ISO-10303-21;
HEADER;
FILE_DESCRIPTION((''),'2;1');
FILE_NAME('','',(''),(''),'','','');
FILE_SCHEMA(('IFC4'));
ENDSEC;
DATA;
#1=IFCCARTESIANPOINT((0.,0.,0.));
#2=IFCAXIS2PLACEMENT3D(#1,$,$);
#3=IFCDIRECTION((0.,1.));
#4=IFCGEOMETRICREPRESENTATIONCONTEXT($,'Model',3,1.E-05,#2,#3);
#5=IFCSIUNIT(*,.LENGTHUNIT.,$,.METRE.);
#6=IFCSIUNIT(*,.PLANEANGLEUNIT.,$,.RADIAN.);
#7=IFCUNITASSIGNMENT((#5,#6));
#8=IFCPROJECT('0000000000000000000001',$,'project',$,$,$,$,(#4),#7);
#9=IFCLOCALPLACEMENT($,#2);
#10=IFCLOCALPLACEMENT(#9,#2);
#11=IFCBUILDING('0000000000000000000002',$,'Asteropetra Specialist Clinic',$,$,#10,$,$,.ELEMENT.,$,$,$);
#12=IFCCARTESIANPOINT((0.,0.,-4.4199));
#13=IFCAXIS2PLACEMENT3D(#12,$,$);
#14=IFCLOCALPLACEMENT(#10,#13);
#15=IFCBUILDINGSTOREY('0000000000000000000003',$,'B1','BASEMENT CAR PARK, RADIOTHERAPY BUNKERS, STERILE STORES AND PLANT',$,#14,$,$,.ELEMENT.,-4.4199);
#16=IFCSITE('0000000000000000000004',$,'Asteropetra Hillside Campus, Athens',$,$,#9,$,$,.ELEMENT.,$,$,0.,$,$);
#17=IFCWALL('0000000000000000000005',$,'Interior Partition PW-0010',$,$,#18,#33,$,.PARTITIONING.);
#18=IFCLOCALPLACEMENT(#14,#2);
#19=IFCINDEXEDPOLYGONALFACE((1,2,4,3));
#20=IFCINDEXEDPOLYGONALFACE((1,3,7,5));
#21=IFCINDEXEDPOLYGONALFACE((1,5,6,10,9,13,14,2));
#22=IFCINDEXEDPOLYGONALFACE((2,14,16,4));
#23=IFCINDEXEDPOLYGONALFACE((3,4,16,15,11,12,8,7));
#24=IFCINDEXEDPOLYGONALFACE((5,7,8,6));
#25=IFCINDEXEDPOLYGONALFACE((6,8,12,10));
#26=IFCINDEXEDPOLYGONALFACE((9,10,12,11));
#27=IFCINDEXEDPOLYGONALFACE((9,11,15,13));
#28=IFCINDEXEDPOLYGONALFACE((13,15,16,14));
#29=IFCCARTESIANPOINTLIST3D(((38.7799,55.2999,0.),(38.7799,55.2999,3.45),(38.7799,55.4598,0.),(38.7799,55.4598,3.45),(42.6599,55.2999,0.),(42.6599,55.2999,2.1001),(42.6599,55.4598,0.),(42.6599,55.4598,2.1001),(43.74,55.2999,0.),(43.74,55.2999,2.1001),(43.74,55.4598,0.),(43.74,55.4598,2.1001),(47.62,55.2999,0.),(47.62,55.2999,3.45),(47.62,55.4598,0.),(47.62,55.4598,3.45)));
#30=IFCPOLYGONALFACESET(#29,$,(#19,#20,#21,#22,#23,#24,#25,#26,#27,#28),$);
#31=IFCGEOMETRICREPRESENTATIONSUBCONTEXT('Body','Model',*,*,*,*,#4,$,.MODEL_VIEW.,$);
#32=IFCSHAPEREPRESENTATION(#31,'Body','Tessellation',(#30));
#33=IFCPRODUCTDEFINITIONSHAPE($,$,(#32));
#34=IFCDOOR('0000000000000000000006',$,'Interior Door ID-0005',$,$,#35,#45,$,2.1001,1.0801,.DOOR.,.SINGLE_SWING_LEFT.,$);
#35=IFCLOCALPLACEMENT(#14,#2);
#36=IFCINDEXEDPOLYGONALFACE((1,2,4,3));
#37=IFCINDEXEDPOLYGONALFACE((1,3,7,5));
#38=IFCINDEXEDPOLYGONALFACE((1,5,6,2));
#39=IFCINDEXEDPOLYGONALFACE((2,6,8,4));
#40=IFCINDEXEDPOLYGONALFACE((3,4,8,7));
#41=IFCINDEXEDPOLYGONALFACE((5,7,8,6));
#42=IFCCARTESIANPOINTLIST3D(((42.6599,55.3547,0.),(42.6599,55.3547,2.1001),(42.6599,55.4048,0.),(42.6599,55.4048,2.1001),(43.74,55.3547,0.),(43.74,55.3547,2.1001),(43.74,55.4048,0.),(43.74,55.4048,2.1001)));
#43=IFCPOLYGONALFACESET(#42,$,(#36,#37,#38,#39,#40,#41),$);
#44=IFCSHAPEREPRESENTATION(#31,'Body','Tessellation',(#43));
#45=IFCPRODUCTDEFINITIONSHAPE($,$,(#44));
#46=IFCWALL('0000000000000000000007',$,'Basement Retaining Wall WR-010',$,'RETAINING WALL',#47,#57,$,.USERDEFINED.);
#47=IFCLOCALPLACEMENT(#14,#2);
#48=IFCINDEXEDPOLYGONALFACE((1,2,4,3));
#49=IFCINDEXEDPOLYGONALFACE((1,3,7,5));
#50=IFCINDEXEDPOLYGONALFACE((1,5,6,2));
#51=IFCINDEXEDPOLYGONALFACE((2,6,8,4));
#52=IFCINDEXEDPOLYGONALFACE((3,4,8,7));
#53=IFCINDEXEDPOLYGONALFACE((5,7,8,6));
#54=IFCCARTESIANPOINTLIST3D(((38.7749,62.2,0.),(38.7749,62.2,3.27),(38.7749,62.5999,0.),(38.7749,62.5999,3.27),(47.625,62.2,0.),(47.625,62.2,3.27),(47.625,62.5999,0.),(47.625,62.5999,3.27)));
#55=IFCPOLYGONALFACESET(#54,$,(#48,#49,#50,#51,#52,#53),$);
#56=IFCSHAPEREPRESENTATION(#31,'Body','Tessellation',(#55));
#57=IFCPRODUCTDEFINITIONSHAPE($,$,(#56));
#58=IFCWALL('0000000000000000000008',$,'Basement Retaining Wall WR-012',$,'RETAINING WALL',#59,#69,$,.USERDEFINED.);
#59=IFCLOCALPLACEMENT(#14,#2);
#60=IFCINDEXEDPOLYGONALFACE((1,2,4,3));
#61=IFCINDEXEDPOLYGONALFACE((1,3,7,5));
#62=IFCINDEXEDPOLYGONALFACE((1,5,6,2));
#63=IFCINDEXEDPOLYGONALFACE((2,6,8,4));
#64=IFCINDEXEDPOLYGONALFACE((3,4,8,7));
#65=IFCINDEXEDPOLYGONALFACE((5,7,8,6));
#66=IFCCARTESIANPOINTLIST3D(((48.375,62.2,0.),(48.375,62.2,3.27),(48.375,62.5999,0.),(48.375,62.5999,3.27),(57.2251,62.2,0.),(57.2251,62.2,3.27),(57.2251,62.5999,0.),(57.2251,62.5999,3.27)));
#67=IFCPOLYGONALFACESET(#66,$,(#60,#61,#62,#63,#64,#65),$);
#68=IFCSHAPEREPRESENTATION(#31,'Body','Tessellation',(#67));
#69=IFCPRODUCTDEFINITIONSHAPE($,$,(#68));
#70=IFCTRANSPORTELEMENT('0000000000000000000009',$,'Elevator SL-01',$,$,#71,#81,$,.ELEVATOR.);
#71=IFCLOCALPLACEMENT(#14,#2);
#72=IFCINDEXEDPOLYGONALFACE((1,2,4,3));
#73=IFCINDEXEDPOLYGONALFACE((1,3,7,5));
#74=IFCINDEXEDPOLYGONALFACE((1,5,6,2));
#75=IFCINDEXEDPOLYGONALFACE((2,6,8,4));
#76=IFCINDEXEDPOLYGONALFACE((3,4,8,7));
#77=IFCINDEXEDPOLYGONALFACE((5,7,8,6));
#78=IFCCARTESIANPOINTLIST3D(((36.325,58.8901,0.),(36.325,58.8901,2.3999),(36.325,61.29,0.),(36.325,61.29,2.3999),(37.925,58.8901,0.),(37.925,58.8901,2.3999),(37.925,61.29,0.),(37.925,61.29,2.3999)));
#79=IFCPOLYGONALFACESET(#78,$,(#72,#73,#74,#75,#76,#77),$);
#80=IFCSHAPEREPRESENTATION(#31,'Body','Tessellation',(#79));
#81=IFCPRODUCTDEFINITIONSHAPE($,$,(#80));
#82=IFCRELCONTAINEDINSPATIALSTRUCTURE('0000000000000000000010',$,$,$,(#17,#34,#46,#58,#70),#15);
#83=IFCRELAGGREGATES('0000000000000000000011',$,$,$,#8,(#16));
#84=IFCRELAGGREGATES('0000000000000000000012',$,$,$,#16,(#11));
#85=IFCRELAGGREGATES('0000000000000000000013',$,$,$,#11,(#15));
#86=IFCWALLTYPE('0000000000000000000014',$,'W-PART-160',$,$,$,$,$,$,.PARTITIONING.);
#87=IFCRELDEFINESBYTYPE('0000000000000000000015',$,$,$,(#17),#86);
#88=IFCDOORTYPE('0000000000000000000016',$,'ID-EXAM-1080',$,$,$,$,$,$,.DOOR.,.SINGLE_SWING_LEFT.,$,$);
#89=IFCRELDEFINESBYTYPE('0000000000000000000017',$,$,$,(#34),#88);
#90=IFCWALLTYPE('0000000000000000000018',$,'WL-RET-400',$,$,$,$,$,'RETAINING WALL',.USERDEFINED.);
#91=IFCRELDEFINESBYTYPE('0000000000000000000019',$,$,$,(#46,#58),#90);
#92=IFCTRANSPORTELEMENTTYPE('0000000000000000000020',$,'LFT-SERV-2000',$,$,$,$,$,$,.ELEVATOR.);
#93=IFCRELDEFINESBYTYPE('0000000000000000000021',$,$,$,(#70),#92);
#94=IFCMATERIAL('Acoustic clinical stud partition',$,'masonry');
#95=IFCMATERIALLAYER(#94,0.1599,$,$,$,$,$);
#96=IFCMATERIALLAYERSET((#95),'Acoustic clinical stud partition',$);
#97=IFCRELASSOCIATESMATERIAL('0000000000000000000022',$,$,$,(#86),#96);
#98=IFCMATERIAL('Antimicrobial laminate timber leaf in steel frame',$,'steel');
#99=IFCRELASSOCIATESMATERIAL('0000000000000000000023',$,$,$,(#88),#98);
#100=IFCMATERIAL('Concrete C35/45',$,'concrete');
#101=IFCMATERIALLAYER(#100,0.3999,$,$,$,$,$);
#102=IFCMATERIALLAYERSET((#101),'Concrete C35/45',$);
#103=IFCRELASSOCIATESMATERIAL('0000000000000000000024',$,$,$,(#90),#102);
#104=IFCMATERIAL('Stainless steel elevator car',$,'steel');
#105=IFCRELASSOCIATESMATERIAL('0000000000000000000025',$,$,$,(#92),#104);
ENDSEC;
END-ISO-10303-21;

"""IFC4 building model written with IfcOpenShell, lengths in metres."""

from ifc_helpers import new_model, si_unit, direction, frame, frame_2d, origin, origin_2d, place, context, subcontext, project, spatial, rectangle, extrude, material, layer, layer_set, type_object, element, fill, save


model = new_model("IFC4")

# Units and contexts
model_context = context("Model", 3, precision=1e-05, world=origin(), true_north=direction((0.0, 1.0)))
body_context = subcontext(model_context, "Body", "Model", "MODEL_VIEW")
ifc_project = project(units=[si_unit("LENGTHUNIT", "METRE"), si_unit("PLANEANGLEUNIT", "RADIAN")], contexts=[model_context])

# Site, building, storey
site_placement = place(None, origin())
site = spatial("IfcSite", under=ifc_project, at=site_placement, Name="Asteropetra Hillside Campus, Athens", CompositionType="ELEMENT", RefElevation=0.0)
building_placement = place(site_placement, origin())
building = spatial("IfcBuilding", under=site, at=building_placement, Name="Asteropetra Specialist Clinic", CompositionType="ELEMENT")
storey_placement = place(building_placement, frame((0.0, 0.0, -4.4199)))
storey = spatial("IfcBuildingStorey", under=building, at=storey_placement, Name="B1", Description="BASEMENT CAR PARK, RADIOTHERAPY BUNKERS, STERILE STORES AND PLANT", CompositionType="ELEMENT", Elevation=-4.4199)

# Wall, opening, door
ifc_material_1 = material(Name="Acoustic clinical stud partition", Category="masonry")
ifc_layer_1 = layer(ifc_material_1, 0.1599)
ifc_layer_set_1 = layer_set([ifc_layer_1], Name="Acoustic clinical stud partition")
wall_type_1 = type_object("IfcWallType", Name="W-PART-160", PredefinedType="PARTITIONING", material=ifc_layer_set_1)
wall_1_placement = place(storey_placement, frame((38.78, 55.3799, 0.0), z_axis=(0.0, 0.0, 1.0), x_axis=(1.0, 0.0, 0.0)))
wall_1 = element("IfcWall", 1, at=wall_1_placement, inside=storey, type_object=wall_type_1, Name="Interior Partition PW-0010", PredefinedType="PARTITIONING", context=body_context, shape_type="SweptSolid", body=[
    extrude(rectangle(XDim=8.8401, YDim=0.1599, at=frame_2d((4.4199, 0.0))), origin(), (0.0, 0.0, 1.0), 3.45),
])
opening_placement = place(wall_1_placement, frame((3.8799, 0.0, 0.0)))
opening = element("IfcOpeningElement", 2, at=opening_placement, cuts=wall_1, PredefinedType="OPENING", context=body_context, shape_type="SweptSolid", body=[
    extrude(rectangle(XDim=1.0801, YDim=2.1001, at=frame_2d((0.54, 1.05))), frame((0.0, 0.0898, 0.0), z_axis=(0.0, -1.0, 0.0), x_axis=(1.0, 0.0, 0.0)), (0.0, 0.0, 1.0), 0.1799),
])
ifc_material_2 = material(Name="Antimicrobial laminate timber leaf in steel frame", Category="steel")
door_type = type_object("IfcDoorType", Name="ID-EXAM-1080", OperationType="SINGLE_SWING_LEFT", PredefinedType="DOOR", material=ifc_material_2)
door_placement = place(opening_placement, origin())
door = element("IfcDoor", 3, at=door_placement, inside=storey, type_object=door_type, Name="Interior Door ID-0005", OperationType="SINGLE_SWING_LEFT", OverallHeight=2.1001, OverallWidth=1.0801, PredefinedType="DOOR", context=body_context, shape_type="SweptSolid", body=[
    extrude(rectangle(XDim=1.0801, YDim=2.1001, at=frame_2d((0.54, 1.05))), frame((0.0, 0.0249, 0.0), z_axis=(0.0, -1.0, 0.0), x_axis=(1.0, 0.0, 0.0)), (0.0, 0.0, 1.0), 0.05),
])
fill(opening, door)

# Walls
ifc_material_3 = material(Name="Concrete C35/45", Category="concrete")
ifc_layer_2 = layer(ifc_material_3, 0.3999)
ifc_layer_set_2 = layer_set([ifc_layer_2], Name="Concrete C35/45")
wall_type_2 = type_object("IfcWallType", Name="WL-RET-400", ElementType="RETAINING WALL", PredefinedType="USERDEFINED", material=ifc_layer_set_2)
for number, where, z_axis, x_axis, name in (
    (4, (38.7749, 62.3999, 0.0), (0.0, 0.0, 1.0), (1.0, 0.0, 0.0), "Basement Retaining Wall WR-010"),
    (5, (48.375, 62.3999, 0.0), (0.0, 0.0, 1.0), (1.0, 0.0, 0.0), "Basement Retaining Wall WR-012"),
):
    element("IfcWall", number, at=place(storey_placement, frame(where, z_axis=z_axis, x_axis=x_axis)), inside=storey, type_object=wall_type_2, Name=name, ObjectType="RETAINING WALL", PredefinedType="USERDEFINED", context=body_context, shape_type="SweptSolid", body=[
        extrude(rectangle(XDim=8.8501, YDim=0.3999, at=frame_2d((4.425, 0.0))), origin(), (0.0, 0.0, 1.0), 3.27),
    ])

# Transport element
ifc_material_4 = material(Name="Stainless steel elevator car", Category="steel")
transport_element_type = type_object("IfcTransportElementType", Name="LFT-SERV-2000", PredefinedType="ELEVATOR", material=ifc_material_4)
transport_element_placement = place(storey_placement, frame((37.125, 60.0901, 0.0), z_axis=(0.0, 0.0, 1.0), x_axis=(1.0, 0.0, 0.0)))
element("IfcTransportElement", 6, at=transport_element_placement, inside=storey, type_object=transport_element_type, Name="Elevator SL-01", PredefinedType="ELEVATOR", context=body_context, shape_type="SweptSolid", body=[
    extrude(rectangle(XDim=1.6001, YDim=2.3999, at=origin_2d()), origin(), (0.0, 0.0, 1.0), 2.3999),
])

save(model, "model.ifc")
